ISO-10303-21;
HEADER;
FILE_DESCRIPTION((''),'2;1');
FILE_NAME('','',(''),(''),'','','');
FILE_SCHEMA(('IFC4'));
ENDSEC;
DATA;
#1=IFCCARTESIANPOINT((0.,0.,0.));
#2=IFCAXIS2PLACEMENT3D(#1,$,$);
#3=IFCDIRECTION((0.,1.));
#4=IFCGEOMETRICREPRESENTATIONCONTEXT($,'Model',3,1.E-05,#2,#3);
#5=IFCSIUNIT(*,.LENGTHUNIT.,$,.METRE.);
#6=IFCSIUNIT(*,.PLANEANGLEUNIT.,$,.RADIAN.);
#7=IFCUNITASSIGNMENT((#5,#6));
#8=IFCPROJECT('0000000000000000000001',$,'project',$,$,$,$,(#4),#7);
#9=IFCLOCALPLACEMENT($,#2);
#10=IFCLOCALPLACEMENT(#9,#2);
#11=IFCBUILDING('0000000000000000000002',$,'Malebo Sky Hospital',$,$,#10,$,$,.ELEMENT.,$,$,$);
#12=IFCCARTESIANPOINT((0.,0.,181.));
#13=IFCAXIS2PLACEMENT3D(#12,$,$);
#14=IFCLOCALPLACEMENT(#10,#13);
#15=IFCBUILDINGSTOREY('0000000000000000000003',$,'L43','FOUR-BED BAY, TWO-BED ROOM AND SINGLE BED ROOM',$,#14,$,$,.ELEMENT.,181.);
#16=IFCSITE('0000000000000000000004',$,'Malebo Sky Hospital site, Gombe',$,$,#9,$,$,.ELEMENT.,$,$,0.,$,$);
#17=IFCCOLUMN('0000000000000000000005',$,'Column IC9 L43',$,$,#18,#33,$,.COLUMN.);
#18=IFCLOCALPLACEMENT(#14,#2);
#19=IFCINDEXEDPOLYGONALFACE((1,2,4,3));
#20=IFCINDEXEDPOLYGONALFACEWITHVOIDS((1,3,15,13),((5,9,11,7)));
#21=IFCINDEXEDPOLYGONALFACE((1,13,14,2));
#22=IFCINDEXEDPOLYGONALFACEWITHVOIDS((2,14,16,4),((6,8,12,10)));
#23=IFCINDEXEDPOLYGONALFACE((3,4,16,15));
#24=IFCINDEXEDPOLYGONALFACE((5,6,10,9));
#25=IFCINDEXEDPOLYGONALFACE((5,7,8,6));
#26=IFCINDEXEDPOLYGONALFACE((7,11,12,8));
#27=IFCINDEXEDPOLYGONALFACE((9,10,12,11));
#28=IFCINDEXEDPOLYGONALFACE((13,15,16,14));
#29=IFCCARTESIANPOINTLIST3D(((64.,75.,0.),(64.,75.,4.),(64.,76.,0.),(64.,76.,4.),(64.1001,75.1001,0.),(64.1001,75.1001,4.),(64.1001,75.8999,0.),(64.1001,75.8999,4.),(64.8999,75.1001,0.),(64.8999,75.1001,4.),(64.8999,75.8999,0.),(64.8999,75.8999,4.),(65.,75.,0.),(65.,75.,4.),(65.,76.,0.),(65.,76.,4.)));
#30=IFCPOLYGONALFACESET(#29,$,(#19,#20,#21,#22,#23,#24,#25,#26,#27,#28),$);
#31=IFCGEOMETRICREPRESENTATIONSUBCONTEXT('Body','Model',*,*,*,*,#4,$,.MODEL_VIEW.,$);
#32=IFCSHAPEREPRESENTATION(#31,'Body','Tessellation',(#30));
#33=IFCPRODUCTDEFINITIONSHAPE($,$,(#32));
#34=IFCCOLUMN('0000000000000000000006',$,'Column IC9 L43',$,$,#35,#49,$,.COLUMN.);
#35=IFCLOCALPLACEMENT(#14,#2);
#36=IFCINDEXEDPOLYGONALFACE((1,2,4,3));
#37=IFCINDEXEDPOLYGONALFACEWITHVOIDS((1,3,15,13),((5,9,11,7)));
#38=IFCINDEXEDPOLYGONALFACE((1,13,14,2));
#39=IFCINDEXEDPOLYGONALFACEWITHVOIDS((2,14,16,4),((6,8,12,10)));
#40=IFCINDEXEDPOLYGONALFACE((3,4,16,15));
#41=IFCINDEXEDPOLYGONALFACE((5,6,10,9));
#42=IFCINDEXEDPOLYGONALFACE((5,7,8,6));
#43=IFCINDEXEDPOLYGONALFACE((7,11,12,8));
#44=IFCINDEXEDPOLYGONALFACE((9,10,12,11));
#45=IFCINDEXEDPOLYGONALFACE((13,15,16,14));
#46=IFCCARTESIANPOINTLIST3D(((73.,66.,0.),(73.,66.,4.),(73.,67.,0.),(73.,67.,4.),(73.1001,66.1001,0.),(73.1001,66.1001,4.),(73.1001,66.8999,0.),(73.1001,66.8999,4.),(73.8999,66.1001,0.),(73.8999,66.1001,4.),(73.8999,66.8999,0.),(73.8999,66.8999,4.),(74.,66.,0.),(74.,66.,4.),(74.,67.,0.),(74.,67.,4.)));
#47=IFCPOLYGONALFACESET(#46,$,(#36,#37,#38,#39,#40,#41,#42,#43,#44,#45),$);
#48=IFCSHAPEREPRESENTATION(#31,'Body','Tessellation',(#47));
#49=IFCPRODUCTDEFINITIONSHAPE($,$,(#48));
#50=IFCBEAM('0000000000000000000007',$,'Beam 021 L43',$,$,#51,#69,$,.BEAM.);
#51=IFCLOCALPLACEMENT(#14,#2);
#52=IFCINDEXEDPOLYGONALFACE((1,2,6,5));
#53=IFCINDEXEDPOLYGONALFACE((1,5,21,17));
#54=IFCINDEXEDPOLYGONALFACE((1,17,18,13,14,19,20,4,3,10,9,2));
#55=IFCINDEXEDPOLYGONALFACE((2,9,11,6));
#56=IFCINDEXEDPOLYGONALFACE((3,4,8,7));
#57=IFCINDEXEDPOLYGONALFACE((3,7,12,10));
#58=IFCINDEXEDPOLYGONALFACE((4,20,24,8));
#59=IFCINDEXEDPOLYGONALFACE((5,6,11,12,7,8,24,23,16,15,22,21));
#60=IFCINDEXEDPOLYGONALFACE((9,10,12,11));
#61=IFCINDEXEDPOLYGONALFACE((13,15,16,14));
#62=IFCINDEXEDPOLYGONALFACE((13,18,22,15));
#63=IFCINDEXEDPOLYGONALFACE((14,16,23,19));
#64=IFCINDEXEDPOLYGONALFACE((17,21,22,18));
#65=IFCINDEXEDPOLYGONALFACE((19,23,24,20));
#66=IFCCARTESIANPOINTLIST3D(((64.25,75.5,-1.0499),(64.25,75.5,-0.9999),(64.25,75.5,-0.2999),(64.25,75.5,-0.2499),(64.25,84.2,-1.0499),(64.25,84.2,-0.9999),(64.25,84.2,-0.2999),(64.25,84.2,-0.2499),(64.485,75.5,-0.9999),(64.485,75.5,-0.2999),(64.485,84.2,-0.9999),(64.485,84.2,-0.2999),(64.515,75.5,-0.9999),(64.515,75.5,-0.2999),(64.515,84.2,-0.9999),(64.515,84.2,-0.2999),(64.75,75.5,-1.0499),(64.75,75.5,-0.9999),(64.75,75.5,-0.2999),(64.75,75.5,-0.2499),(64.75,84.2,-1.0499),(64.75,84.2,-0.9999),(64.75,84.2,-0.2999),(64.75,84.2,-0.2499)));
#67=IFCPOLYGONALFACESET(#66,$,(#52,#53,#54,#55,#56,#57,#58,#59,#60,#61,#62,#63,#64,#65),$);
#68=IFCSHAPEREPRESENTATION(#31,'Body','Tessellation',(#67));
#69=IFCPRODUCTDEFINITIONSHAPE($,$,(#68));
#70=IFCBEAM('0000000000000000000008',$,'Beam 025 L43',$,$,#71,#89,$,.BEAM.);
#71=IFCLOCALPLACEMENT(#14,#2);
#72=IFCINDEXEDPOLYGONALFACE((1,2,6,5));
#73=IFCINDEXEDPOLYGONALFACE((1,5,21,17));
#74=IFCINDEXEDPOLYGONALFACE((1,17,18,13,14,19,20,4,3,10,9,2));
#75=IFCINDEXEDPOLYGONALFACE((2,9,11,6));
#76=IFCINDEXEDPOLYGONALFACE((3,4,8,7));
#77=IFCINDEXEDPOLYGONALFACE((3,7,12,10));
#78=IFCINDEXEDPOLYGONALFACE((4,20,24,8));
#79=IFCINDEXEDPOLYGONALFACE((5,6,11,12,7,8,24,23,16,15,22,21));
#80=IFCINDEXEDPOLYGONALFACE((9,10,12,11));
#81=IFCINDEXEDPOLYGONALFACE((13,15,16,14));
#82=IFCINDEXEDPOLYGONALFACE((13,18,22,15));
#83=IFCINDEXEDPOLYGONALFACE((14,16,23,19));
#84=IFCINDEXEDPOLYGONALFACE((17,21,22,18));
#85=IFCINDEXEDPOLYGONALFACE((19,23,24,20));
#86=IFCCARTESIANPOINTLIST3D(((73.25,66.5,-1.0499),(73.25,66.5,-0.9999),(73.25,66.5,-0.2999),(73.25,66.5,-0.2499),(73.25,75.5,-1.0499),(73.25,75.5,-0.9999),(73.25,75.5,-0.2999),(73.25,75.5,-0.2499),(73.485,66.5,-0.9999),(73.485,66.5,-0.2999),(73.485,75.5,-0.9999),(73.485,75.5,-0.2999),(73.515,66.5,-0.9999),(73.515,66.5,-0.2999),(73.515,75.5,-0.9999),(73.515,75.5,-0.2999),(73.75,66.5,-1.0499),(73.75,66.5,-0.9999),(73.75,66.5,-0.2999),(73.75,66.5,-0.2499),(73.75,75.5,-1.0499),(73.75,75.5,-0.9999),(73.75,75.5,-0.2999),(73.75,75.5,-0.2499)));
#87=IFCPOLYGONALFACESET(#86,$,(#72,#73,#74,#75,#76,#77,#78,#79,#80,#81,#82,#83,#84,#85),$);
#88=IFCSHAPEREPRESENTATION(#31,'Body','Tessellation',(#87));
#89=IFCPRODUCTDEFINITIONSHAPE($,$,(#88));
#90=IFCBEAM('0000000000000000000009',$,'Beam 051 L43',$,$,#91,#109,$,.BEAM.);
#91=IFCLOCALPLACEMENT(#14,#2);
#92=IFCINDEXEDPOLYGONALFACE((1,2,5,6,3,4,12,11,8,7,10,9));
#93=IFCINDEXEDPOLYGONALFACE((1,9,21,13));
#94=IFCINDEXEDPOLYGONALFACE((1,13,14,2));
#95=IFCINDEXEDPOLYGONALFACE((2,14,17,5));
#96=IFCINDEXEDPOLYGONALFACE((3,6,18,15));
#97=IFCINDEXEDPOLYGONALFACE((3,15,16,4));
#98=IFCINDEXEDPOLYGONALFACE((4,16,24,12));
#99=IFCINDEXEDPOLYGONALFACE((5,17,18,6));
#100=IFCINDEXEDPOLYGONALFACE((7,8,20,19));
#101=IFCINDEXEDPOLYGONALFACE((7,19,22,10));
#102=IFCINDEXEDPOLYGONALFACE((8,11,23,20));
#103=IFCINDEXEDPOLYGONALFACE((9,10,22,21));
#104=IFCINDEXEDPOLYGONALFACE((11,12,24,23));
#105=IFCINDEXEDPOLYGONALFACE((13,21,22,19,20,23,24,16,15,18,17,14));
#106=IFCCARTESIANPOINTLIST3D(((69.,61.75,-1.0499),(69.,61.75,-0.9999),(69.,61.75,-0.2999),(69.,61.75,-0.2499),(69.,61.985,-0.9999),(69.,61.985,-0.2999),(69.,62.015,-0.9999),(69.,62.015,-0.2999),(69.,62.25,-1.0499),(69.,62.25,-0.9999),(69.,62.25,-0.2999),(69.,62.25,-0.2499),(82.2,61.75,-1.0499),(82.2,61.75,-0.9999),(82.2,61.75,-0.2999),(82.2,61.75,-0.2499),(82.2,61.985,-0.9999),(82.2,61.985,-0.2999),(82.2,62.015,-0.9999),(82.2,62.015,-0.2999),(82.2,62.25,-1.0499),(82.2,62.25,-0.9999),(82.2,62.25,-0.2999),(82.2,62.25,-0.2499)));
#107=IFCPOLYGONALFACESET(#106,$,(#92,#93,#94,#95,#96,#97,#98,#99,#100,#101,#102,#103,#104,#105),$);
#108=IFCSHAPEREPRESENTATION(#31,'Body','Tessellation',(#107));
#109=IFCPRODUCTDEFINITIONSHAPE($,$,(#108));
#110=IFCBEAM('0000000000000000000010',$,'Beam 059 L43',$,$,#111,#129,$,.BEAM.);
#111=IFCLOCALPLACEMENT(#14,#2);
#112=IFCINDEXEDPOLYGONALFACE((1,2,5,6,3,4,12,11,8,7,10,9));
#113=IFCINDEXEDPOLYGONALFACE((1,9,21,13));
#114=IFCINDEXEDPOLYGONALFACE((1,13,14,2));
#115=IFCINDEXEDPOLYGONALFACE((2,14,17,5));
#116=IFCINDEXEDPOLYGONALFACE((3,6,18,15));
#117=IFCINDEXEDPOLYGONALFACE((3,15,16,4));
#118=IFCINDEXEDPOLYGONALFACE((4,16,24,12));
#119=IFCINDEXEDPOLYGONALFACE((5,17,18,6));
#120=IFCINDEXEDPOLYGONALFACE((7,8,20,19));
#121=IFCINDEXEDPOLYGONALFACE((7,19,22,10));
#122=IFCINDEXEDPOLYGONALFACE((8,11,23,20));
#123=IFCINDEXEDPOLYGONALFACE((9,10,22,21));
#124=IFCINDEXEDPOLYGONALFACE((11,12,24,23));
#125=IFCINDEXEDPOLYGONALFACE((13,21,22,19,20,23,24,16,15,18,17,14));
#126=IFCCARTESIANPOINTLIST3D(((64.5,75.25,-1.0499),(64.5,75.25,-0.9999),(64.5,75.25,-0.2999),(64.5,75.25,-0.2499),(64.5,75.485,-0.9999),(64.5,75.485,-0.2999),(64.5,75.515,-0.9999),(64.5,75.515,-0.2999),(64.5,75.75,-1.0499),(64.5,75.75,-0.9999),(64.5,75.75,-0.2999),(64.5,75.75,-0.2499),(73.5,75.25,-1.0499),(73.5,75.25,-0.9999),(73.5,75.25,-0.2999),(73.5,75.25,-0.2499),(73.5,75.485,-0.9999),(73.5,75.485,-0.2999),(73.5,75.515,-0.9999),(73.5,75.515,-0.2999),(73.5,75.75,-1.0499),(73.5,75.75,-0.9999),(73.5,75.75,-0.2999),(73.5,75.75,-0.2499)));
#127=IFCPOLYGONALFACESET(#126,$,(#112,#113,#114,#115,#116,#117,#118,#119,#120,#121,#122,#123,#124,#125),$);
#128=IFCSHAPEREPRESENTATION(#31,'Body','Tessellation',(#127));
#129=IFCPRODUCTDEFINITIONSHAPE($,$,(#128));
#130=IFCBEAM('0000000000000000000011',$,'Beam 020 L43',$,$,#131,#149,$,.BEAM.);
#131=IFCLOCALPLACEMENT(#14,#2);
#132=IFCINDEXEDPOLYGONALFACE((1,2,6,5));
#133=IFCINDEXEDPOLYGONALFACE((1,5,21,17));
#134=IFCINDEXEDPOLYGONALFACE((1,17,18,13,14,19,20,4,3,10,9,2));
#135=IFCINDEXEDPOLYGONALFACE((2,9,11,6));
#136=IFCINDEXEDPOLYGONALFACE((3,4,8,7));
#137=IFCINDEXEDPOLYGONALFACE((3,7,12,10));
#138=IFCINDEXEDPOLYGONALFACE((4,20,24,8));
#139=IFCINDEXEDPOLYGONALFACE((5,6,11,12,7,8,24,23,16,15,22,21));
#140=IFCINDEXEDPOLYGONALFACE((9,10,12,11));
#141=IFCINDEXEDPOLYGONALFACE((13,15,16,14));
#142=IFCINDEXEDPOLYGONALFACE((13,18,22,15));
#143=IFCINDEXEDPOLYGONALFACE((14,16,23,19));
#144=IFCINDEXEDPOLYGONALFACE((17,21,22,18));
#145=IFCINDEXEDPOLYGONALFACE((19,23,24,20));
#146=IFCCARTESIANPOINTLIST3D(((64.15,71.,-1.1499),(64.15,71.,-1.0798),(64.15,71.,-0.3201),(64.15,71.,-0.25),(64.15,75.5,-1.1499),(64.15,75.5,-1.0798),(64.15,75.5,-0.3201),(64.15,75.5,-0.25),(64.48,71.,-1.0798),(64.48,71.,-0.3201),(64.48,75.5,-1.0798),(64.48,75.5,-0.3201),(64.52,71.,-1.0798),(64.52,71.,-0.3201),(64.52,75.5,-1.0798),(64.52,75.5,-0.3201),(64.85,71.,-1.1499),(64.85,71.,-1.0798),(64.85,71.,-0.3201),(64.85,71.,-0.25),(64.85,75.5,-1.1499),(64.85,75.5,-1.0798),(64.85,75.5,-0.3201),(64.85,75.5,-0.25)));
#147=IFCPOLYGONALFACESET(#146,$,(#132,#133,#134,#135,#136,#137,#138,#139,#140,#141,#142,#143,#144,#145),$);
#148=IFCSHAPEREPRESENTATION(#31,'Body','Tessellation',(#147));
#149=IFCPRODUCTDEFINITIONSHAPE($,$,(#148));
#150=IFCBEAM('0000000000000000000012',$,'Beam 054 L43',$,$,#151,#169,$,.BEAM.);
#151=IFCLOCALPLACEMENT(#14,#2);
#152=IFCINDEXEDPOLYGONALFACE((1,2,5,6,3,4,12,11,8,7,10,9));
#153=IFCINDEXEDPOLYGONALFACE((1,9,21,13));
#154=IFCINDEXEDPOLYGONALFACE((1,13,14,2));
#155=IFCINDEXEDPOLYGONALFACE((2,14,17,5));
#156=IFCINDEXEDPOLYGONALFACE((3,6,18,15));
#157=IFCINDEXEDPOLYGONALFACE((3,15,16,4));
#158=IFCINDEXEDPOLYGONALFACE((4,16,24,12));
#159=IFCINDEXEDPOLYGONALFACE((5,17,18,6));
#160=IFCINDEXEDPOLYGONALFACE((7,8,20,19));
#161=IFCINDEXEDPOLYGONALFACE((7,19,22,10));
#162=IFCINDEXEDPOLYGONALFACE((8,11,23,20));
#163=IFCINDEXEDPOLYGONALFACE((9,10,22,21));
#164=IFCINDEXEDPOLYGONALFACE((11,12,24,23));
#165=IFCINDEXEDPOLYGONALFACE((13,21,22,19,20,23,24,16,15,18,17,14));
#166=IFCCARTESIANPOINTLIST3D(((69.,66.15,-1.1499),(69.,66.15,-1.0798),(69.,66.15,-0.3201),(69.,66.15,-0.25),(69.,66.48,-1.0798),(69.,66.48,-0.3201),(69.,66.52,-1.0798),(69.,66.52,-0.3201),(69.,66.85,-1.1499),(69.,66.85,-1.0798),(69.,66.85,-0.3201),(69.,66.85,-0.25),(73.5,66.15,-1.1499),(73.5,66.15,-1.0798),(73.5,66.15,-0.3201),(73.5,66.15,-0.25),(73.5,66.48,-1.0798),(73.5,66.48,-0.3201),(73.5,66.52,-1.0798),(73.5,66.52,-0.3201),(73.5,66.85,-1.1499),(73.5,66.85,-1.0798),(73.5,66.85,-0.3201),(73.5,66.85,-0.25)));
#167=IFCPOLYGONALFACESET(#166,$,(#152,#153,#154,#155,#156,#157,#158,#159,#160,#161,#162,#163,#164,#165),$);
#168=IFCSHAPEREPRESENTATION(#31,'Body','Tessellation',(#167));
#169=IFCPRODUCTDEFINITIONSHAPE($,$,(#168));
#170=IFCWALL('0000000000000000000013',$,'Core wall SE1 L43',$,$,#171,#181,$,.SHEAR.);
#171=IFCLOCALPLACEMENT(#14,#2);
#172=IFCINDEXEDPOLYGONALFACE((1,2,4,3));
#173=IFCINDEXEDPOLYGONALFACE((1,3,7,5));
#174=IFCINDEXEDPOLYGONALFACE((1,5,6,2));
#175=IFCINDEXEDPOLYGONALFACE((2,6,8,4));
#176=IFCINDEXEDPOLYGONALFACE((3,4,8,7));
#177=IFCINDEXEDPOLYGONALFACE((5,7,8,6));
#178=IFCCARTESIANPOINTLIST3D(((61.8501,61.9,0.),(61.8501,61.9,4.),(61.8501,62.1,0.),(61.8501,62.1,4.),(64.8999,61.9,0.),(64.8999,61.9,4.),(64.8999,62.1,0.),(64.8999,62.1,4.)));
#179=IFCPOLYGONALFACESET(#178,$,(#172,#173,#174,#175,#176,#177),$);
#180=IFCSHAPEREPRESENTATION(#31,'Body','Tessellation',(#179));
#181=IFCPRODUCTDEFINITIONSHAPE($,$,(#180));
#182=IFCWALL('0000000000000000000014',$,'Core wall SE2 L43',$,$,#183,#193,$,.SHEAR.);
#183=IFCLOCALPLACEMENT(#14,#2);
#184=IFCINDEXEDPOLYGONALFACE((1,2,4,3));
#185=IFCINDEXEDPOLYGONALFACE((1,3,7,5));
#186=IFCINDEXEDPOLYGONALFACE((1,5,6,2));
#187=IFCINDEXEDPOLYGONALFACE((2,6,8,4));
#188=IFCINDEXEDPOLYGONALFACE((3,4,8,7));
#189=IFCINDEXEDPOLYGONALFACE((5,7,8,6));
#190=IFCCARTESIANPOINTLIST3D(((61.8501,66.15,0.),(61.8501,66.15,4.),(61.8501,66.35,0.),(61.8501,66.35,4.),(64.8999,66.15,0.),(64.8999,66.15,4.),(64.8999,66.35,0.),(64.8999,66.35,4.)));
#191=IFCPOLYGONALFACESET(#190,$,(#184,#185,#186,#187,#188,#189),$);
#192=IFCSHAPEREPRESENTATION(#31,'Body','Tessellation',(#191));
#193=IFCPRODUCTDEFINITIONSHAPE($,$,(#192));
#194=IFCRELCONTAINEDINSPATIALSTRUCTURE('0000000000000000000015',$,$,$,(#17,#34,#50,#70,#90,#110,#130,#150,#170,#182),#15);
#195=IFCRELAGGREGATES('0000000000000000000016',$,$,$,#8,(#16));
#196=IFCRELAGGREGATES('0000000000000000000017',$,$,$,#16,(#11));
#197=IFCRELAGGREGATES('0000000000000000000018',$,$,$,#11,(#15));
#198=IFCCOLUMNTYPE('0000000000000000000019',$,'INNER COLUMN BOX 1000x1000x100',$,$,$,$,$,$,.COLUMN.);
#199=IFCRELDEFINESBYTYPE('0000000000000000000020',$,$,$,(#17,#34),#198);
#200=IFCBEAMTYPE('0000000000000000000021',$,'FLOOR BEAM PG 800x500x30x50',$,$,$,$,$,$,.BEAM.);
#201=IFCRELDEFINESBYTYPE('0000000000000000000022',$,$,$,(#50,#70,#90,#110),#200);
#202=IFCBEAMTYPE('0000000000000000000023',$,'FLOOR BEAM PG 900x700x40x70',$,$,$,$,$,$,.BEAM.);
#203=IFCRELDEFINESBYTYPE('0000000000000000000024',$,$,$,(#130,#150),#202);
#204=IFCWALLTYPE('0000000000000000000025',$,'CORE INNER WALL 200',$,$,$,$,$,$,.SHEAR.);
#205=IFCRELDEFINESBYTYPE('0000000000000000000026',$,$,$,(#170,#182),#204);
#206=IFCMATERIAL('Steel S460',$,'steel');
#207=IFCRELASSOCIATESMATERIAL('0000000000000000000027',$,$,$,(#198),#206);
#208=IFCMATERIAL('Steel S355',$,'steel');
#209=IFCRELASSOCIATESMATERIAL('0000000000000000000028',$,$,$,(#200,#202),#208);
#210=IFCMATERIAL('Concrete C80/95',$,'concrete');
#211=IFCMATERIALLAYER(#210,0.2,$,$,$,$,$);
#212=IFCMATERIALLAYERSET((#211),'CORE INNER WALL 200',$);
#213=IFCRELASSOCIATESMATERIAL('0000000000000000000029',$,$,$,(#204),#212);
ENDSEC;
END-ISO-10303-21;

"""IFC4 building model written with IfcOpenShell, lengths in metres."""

from ifc_helpers import new_model, si_unit, direction, frame, frame_2d, origin, origin_2d, place, context, subcontext, project, spatial, rectangle, hollow_rectangle, i_section, extrude, material, layer, layer_set, material_profile, profile_set, type_object, element, save


model = new_model("IFC4")

# Units and contexts
model_context = context("Model", 3, precision=1e-05, world=origin(), true_north=direction((0.0, 1.0)))
body_context = subcontext(model_context, "Body", "Model", "MODEL_VIEW")
ifc_project = project(units=[si_unit("LENGTHUNIT", "METRE"), si_unit("PLANEANGLEUNIT", "RADIAN")], contexts=[model_context])

# Site, building, storey
site_placement = place(None, origin())
site = spatial("IfcSite", under=ifc_project, at=site_placement, Name="Malebo Sky Hospital site, Gombe", CompositionType="ELEMENT", RefElevation=0.0)
building_placement = place(site_placement, origin())
building = spatial("IfcBuilding", under=site, at=building_placement, Name="Malebo Sky Hospital", CompositionType="ELEMENT")
storey_placement = place(building_placement, frame((0.0, 0.0, 181.0)))
storey = spatial("IfcBuildingStorey", under=building, at=storey_placement, Name="L43", Description="FOUR-BED BAY, TWO-BED ROOM AND SINGLE BED ROOM", CompositionType="ELEMENT", Elevation=181.0)

# Columns
ifc_material_1 = material(Name="Steel S460", Category="steel")
ifc_material_profile_1 = material_profile(ifc_material_1, hollow_rectangle(XDim=1.0, YDim=1.0, WallThickness=0.1001, at=origin_2d()), Name="BOX 1000x1000x100")
ifc_profile_set_1 = profile_set([ifc_material_profile_1], Name="Steel S460")
column_type = type_object("IfcColumnType", Name="INNER COLUMN BOX 1000x1000x100", PredefinedType="COLUMN", material=ifc_profile_set_1)
for number, where, z_axis, x_axis, name in (
    (1, (64.5, 75.5, 0.0), (0.0, 0.0, 1.0), (1.0, 0.0, 0.0), "Column IC9 L43"),
    (2, (73.5, 66.5, 0.0), (0.0, 0.0, 1.0), (1.0, 0.0, 0.0), "Column IC9 L43"),
):
    element("IfcColumn", number, at=place(storey_placement, frame(where, z_axis=z_axis, x_axis=x_axis)), inside=storey, type_object=column_type, Name=name, PredefinedType="COLUMN", context=body_context, shape_type="SweptSolid", body=[
        extrude(hollow_rectangle(XDim=1.0, YDim=1.0, WallThickness=0.1001, at=origin_2d()), origin(), (0.0, 0.0, 1.0), 4.0),
    ])

# Beams
ifc_material_2 = material(Name="Steel S355", Category="steel")
ifc_material_profile_2 = material_profile(ifc_material_2, i_section(OverallWidth=0.5, OverallDepth=0.8, WebThickness=0.03, FlangeThickness=0.05, at=origin_2d()), Name="PG 800x500x30x50")
ifc_profile_set_2 = profile_set([ifc_material_profile_2], Name="Steel S355")
beam_type_1 = type_object("IfcBeamType", Name="FLOOR BEAM PG 800x500x30x50", PredefinedType="BEAM", material=ifc_profile_set_2)
beam_1_placement = place(storey_placement, frame((64.5, 75.5, -0.6499), z_axis=(0.0, 1.0, 0.0), x_axis=(-1.0, 0.0, 0.0)))
element("IfcBeam", 3, at=beam_1_placement, inside=storey, type_object=beam_type_1, Name="Beam 021 L43", PredefinedType="BEAM", context=body_context, shape_type="SweptSolid", body=[
    extrude(i_section(OverallWidth=0.5, OverallDepth=0.8, WebThickness=0.03, FlangeThickness=0.05, at=origin_2d()), origin(), (0.0, 0.0, 1.0), 8.7),
])
beam_2_placement = place(storey_placement, frame((73.5, 66.5, -0.6499), z_axis=(0.0, 1.0, 0.0), x_axis=(-1.0, 0.0, 0.0)))
element("IfcBeam", 4, at=beam_2_placement, inside=storey, type_object=beam_type_1, Name="Beam 025 L43", PredefinedType="BEAM", context=body_context, shape_type="SweptSolid", body=[
    extrude(i_section(OverallWidth=0.5, OverallDepth=0.8, WebThickness=0.03, FlangeThickness=0.05, at=origin_2d()), origin(), (0.0, 0.0, 1.0), 9.0),
])
beam_3_placement = place(storey_placement, frame((69.0, 62.0, -0.6499), z_axis=(1.0, 0.0, 0.0), x_axis=(0.0, 1.0, 0.0)))
element("IfcBeam", 5, at=beam_3_placement, inside=storey, type_object=beam_type_1, Name="Beam 051 L43", PredefinedType="BEAM", context=body_context, shape_type="SweptSolid", body=[
    extrude(i_section(OverallWidth=0.5, OverallDepth=0.8, WebThickness=0.03, FlangeThickness=0.05, at=origin_2d()), origin(), (0.0, 0.0, 1.0), 13.2),
])
beam_4_placement = place(storey_placement, frame((64.5, 75.5, -0.6499), z_axis=(1.0, 0.0, 0.0), x_axis=(0.0, 1.0, 0.0)))
element("IfcBeam", 6, at=beam_4_placement, inside=storey, type_object=beam_type_1, Name="Beam 059 L43", PredefinedType="BEAM", context=body_context, shape_type="SweptSolid", body=[
    extrude(i_section(OverallWidth=0.5, OverallDepth=0.8, WebThickness=0.03, FlangeThickness=0.05, at=origin_2d()), origin(), (0.0, 0.0, 1.0), 9.0),
])
ifc_material_profile_3 = material_profile(ifc_material_2, i_section(OverallWidth=0.7, OverallDepth=0.8999, WebThickness=0.04, FlangeThickness=0.0701, at=origin_2d()), Name="PG 900x700x40x70")
ifc_profile_set_3 = profile_set([ifc_material_profile_3], Name="Steel S355")
beam_type_2 = type_object("IfcBeamType", Name="FLOOR BEAM PG 900x700x40x70", PredefinedType="BEAM", material=ifc_profile_set_3)
for number, where, z_axis, x_axis, name in (
    (7, (64.5, 71.0, -0.7), (0.0, 1.0, 0.0), (-1.0, 0.0, 0.0), "Beam 020 L43"),
    (8, (69.0, 66.5, -0.7), (1.0, 0.0, 0.0), (0.0, 1.0, 0.0), "Beam 054 L43"),
):
    element("IfcBeam", number, at=place(storey_placement, frame(where, z_axis=z_axis, x_axis=x_axis)), inside=storey, type_object=beam_type_2, Name=name, PredefinedType="BEAM", context=body_context, shape_type="SweptSolid", body=[
        extrude(i_section(OverallWidth=0.7, OverallDepth=0.8999, WebThickness=0.04, FlangeThickness=0.0701, at=origin_2d()), origin(), (0.0, 0.0, 1.0), 4.5),
    ])

# Walls
ifc_material_3 = material(Name="Concrete C80/95", Category="concrete")
ifc_layer_1 = layer(ifc_material_3, 0.2)
ifc_layer_set_1 = layer_set([ifc_layer_1], Name="CORE INNER WALL 200")
wall_type_1 = type_object("IfcWallType", Name="CORE INNER WALL 200", PredefinedType="SHEAR", material=ifc_layer_set_1)
for number, where, z_axis, x_axis, name in (
    (9, (61.8501, 62.0, 0.0), (0.0, 0.0, 1.0), (1.0, 0.0, 0.0), "Core wall SE1 L43"),
    (10, (61.8501, 66.25, 0.0), (0.0, 0.0, 1.0), (1.0, 0.0, 0.0), "Core wall SE2 L43"),
):
    element("IfcWall", number, at=place(storey_placement, frame(where, z_axis=z_axis, x_axis=x_axis)), inside=storey, type_object=wall_type_1, Name=name, PredefinedType="SHEAR", context=body_context, shape_type="SweptSolid", body=[
        extrude(rectangle(XDim=3.0498, YDim=0.2, at=frame_2d((1.5249, 0.0))), origin(), (0.0, 0.0, 1.0), 4.0),
    ])

save(model, "model.ifc")
